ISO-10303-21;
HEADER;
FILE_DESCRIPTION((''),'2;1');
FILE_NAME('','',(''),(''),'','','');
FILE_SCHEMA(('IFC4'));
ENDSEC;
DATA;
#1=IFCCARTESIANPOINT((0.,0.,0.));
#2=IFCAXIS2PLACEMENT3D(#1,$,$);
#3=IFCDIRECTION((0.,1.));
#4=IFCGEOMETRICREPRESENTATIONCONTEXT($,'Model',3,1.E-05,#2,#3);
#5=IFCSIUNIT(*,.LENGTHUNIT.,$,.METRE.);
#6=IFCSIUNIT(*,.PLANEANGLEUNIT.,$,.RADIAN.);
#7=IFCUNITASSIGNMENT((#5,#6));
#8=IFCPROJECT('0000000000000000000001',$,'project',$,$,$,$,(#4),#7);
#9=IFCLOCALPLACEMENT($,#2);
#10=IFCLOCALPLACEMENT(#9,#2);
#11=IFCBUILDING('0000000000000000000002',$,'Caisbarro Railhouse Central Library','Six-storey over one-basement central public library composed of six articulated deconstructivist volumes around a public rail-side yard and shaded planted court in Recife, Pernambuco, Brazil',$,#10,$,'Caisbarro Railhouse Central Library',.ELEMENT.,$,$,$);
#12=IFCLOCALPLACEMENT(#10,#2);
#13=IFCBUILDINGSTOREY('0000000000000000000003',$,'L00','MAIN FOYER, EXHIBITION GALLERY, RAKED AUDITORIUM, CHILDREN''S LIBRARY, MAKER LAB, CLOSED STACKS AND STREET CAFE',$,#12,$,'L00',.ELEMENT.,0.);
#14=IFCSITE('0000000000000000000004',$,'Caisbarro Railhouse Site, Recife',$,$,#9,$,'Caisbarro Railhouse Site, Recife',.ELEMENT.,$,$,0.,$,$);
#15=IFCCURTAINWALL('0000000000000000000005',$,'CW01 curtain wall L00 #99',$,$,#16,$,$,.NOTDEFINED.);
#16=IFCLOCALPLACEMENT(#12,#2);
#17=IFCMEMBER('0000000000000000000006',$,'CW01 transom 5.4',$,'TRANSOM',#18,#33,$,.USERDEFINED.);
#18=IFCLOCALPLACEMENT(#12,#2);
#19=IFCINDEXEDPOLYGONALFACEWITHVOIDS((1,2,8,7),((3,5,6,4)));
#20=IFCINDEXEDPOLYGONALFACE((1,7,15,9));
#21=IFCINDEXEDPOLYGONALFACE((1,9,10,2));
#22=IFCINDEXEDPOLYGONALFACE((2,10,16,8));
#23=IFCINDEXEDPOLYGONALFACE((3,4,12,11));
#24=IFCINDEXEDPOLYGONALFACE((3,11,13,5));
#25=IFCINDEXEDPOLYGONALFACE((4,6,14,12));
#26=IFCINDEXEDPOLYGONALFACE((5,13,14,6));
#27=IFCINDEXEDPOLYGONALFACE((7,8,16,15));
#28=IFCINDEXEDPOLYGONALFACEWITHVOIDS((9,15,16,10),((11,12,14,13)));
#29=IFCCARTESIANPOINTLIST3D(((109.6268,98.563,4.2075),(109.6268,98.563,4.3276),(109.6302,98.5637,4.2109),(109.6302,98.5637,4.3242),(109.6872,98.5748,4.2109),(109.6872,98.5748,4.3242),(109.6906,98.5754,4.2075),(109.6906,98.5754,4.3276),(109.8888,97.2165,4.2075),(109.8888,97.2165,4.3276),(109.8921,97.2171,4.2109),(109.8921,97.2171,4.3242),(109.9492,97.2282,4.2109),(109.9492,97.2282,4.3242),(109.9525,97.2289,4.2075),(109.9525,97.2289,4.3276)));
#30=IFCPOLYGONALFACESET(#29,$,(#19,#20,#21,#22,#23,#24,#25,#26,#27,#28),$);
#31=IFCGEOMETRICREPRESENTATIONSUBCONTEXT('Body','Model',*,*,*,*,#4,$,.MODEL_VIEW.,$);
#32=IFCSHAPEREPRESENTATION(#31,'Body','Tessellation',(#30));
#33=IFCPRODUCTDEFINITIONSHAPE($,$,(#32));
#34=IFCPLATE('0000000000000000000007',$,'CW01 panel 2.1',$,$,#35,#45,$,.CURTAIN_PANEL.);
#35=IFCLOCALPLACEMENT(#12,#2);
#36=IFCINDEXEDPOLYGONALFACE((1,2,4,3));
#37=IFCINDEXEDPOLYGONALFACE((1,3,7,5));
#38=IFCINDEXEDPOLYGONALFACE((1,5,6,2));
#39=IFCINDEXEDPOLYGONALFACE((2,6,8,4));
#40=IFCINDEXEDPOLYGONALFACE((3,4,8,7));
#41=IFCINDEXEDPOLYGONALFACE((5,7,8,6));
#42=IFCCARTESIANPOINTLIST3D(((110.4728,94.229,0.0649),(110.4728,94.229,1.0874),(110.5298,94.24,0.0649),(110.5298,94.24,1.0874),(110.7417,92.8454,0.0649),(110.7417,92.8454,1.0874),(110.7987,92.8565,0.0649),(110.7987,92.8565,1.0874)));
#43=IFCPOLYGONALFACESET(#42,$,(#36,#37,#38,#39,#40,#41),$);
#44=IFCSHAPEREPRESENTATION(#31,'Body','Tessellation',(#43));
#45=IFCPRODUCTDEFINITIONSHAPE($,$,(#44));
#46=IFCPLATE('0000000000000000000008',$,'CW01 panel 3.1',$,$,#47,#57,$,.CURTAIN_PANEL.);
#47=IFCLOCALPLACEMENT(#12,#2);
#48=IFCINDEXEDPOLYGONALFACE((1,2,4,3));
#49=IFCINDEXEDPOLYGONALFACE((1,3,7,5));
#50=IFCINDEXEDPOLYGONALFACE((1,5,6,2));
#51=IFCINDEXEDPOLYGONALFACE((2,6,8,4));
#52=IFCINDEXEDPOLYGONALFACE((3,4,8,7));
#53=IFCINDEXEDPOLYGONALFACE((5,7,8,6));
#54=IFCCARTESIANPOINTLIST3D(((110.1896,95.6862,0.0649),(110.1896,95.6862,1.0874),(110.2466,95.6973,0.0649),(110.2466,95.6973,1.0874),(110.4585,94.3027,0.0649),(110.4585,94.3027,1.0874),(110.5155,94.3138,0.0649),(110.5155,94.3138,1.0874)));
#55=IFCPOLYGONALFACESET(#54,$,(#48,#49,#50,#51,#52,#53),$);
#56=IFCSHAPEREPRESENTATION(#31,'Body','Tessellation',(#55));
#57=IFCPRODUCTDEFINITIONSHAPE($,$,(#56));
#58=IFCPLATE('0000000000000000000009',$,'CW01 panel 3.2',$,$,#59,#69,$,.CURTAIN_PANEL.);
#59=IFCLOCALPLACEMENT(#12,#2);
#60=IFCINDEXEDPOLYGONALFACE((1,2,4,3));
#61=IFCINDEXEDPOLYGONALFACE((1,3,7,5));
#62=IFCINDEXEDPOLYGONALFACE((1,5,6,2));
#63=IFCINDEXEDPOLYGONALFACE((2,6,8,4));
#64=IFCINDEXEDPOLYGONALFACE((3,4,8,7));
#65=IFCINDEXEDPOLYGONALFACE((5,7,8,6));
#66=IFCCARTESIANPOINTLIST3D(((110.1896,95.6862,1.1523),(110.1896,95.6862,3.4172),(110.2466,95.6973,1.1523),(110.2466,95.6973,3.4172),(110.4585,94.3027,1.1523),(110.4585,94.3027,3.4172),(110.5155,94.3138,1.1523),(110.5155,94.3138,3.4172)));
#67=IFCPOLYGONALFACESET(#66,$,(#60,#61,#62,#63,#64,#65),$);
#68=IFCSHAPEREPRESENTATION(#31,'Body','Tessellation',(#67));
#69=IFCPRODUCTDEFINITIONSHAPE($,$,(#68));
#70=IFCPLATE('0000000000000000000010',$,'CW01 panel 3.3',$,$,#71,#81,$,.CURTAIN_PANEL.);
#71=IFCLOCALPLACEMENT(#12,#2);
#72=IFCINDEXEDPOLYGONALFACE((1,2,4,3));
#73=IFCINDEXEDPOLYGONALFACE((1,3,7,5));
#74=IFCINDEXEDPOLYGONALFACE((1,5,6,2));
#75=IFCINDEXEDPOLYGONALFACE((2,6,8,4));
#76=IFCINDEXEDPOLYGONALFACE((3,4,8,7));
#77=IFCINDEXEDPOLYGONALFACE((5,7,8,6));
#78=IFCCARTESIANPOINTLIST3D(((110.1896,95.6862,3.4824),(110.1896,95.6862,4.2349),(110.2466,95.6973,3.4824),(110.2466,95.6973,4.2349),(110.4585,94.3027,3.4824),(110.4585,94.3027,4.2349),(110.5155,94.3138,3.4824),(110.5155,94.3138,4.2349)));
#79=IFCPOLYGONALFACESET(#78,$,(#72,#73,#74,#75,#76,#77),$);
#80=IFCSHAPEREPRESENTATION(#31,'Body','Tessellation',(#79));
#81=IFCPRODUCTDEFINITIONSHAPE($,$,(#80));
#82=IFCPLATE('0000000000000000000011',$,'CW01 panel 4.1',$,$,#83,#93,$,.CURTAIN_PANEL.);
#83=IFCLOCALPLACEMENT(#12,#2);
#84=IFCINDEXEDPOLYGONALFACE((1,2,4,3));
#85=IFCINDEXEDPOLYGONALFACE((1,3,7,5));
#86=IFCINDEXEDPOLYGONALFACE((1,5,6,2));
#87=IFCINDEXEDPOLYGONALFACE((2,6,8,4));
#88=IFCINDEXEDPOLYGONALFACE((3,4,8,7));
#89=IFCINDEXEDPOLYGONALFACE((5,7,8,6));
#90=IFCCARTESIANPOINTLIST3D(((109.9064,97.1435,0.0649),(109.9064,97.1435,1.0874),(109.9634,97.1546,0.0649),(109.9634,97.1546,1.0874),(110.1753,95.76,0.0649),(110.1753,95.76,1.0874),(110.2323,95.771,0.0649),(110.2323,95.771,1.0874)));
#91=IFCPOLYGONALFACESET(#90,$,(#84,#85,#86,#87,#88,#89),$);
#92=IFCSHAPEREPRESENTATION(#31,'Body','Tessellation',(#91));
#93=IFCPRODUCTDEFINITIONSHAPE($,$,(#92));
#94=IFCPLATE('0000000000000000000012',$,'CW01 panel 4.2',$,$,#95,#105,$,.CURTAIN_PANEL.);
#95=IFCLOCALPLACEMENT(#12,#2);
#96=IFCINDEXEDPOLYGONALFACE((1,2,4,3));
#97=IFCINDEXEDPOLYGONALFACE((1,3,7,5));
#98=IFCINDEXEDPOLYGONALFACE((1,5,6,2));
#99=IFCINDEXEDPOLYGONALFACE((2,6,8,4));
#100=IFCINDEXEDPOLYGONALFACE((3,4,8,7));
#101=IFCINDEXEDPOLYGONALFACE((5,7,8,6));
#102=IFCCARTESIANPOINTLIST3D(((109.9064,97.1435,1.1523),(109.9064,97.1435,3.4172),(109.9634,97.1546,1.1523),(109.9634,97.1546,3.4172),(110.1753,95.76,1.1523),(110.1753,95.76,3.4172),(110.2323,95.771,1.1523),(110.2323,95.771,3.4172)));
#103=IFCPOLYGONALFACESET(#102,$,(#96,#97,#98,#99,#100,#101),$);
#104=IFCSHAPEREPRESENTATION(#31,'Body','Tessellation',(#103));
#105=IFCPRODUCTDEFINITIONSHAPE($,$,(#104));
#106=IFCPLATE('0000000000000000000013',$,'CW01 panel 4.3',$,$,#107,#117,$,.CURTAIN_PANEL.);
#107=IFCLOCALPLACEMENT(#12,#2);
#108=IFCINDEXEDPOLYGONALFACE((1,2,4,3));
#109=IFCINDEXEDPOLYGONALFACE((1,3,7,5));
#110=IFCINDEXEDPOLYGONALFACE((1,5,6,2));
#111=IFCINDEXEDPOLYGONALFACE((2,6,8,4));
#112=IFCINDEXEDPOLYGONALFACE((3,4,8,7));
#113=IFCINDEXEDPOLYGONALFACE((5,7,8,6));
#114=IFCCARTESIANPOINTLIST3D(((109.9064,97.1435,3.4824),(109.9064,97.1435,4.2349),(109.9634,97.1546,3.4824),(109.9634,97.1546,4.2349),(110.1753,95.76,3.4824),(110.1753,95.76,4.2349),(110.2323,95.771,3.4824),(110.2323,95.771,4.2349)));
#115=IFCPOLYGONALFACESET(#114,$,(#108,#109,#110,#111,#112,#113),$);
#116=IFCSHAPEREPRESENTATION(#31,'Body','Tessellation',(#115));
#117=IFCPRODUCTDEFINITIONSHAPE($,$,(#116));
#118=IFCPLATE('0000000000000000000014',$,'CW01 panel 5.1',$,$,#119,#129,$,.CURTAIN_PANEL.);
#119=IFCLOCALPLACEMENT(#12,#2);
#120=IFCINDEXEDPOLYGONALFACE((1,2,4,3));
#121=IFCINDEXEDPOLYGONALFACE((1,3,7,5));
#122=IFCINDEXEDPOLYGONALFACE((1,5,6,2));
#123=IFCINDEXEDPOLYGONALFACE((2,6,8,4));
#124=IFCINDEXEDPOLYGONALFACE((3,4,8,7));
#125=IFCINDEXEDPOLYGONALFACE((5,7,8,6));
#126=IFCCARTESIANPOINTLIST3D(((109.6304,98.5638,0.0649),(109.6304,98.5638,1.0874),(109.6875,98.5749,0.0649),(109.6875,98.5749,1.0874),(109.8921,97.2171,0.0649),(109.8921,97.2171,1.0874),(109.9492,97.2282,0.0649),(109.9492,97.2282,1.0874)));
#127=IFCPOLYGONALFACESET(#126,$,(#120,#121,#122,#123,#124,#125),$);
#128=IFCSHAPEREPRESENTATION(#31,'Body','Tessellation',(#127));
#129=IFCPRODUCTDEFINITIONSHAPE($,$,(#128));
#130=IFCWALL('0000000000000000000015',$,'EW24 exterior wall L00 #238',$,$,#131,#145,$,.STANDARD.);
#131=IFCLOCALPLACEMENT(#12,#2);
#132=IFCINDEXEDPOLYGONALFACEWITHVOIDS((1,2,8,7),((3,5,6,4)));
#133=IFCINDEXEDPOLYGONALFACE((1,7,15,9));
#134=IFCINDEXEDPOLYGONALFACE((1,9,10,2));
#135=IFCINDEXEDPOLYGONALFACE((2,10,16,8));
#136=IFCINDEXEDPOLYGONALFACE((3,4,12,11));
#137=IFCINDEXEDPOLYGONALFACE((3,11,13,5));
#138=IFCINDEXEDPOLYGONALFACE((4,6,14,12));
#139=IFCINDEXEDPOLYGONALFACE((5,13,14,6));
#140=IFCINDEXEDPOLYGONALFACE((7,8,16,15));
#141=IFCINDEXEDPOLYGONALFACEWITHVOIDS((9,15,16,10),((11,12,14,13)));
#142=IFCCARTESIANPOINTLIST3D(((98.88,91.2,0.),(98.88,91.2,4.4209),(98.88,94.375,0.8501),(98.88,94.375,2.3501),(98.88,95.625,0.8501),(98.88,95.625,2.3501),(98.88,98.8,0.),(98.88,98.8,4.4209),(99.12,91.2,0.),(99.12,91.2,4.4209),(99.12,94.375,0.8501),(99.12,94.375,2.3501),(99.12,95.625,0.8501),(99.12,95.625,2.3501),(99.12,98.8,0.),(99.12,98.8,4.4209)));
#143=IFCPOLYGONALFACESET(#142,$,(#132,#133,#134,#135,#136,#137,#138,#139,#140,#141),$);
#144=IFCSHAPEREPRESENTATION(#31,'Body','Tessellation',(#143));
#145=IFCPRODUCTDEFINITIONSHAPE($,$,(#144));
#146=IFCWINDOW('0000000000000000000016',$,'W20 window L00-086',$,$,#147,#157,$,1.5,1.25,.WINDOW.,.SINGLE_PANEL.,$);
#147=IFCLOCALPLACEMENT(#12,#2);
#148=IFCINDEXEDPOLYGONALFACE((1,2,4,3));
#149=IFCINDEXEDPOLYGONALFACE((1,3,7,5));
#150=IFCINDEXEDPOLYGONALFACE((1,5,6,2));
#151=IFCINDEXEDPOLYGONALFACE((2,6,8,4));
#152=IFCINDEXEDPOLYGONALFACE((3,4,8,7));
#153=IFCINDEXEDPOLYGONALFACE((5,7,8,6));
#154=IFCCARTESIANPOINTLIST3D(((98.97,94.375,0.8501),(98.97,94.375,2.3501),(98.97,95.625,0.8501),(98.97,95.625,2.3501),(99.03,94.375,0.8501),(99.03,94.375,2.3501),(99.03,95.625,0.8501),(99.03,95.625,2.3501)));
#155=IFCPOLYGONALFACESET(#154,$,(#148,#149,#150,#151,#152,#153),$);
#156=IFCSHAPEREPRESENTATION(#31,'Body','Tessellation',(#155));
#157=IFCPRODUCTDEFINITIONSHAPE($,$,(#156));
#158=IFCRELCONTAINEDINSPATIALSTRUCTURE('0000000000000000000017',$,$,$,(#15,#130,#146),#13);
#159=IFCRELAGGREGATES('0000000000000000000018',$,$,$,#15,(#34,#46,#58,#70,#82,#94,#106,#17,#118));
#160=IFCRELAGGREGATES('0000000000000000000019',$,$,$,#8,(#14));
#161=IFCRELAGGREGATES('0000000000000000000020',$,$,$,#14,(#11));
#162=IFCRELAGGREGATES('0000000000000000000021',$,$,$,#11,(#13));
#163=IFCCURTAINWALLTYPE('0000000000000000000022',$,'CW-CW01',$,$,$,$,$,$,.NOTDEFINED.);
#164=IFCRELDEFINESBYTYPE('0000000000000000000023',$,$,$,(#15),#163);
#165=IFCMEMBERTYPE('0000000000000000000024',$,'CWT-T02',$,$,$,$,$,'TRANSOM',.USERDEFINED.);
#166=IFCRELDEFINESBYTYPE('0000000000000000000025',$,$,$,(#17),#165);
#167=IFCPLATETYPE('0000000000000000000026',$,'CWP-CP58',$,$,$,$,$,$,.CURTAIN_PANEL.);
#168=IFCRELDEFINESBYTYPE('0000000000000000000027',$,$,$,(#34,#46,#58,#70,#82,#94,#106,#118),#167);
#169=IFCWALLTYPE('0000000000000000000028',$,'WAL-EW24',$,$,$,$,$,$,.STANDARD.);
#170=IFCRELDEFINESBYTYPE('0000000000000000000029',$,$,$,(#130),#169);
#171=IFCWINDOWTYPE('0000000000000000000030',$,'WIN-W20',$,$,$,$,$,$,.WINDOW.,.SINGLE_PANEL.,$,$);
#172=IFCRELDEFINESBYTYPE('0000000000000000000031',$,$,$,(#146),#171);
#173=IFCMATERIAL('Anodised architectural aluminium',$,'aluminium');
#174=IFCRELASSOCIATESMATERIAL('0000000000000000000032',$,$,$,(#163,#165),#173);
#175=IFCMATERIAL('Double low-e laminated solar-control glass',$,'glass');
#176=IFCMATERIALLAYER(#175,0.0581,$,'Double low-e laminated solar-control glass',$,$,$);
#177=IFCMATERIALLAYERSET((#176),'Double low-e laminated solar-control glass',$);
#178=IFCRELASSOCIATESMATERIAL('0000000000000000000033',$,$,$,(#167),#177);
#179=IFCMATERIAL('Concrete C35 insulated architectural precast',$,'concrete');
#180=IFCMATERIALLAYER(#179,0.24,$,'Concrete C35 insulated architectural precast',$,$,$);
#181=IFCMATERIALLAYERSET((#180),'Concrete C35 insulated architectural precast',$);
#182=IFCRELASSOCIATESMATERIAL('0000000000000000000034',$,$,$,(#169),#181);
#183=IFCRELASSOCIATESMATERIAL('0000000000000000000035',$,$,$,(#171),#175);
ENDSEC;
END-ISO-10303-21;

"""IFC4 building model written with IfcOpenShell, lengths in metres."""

from ifc_helpers import new_model, si_unit, direction, frame, frame_2d, origin, origin_2d, place, context, subcontext, project, spatial, rectangle, hollow_rectangle, extrude, material, layer, layer_set, material_profile, profile_set, type_object, element, fill, aggregate, save


model = new_model("IFC4")

# Units and contexts
model_context = context("Model", 3, precision=1e-05, world=origin(), true_north=direction((0.0, 1.0)))
body_context = subcontext(model_context, "Body", "Model", "MODEL_VIEW")
ifc_project = project(units=[si_unit("LENGTHUNIT", "METRE"), si_unit("PLANEANGLEUNIT", "RADIAN")], contexts=[model_context])

# Site, building, storey
site_placement = place(None, origin())
site = spatial("IfcSite", under=ifc_project, at=site_placement, Name="Caisbarro Railhouse Site, Recife", LongName="Caisbarro Railhouse Site, Recife", CompositionType="ELEMENT", RefElevation=0.0)
building_placement = place(site_placement, origin())
building = spatial("IfcBuilding", under=site, at=building_placement, Name="Caisbarro Railhouse Central Library", Description="Six-storey over one-basement central public library composed of six articulated deconstructivist volumes around a public rail-side yard and shaded planted court in Recife, Pernambuco, Brazil", LongName="Caisbarro Railhouse Central Library", CompositionType="ELEMENT")
storey_placement = place(building_placement, origin())
storey = spatial("IfcBuildingStorey", under=building, at=storey_placement, Name="L00", Description="MAIN FOYER, EXHIBITION GALLERY, RAKED AUDITORIUM, CHILDREN'S LIBRARY, MAKER LAB, CLOSED STACKS AND STREET CAFE", LongName="L00", CompositionType="ELEMENT", Elevation=0.0)

# Curtain wall, member, plates
ifc_material_1 = material(Name="Anodised architectural aluminium", Category="aluminium")
curtain_wall_type = type_object("IfcCurtainWallType", Name="CW-CW01", PredefinedType="NOTDEFINED", material=ifc_material_1)
curtain_wall_placement = place(storey_placement, origin())
curtain_wall = element("IfcCurtainWall", 1, at=curtain_wall_placement, inside=storey, type_object=curtain_wall_type, Name="CW01 curtain wall L00 #99", PredefinedType="NOTDEFINED")
ifc_material_profile_1 = material_profile(ifc_material_1, hollow_rectangle(XDim=0.0649, YDim=0.1201, WallThickness=0.0034, at=origin_2d()), Name="ALU-TRN-65X120")
ifc_profile_set_1 = profile_set([ifc_material_profile_1], Name="Anodised architectural aluminium")
member_type_1 = type_object("IfcMemberType", Name="CWT-T02", ElementType="TRANSOM", PredefinedType="USERDEFINED", material=ifc_profile_set_1)
member_1_placement = place(storey_placement, frame((109.9207, 97.2227, 4.2676), z_axis=(-0.190946, 0.981601, 0.0), x_axis=(-0.981601, -0.190946, 0.0)))
member_1 = element("IfcMember", 2, at=member_1_placement, type_object=member_type_1, Name="CW01 transom 5.4", ObjectType="TRANSOM", PredefinedType="USERDEFINED", context=body_context, shape_type="SweptSolid", body=[
    extrude(hollow_rectangle(XDim=0.0649, YDim=0.1201, WallThickness=0.0034, at=origin_2d()), origin(), (0.0, 0.0, 1.0), 1.3718),
])
ifc_material_2 = material(Name="Double low-e laminated solar-control glass", Category="glass")
ifc_layer_1 = layer(ifc_material_2, 0.0581, Name="Double low-e laminated solar-control glass")
ifc_layer_set_1 = layer_set([ifc_layer_1], Name="Double low-e laminated solar-control glass")
plate_type = type_object("IfcPlateType", Name="CWP-CP58", PredefinedType="CURTAIN_PANEL", material=ifc_layer_set_1)
plate_1_placement = place(storey_placement, frame((110.6357, 93.5427, 0.0649), z_axis=(0.0, 0.0, 1.0), x_axis=(-0.190781, 0.981633, 0.0)))
plate_1 = element("IfcPlate", 3, at=plate_1_placement, type_object=plate_type, Name="CW01 panel 2.1", PredefinedType="CURTAIN_PANEL", context=body_context, shape_type="SweptSolid", body=[
    extrude(rectangle(XDim=1.4094, YDim=0.0581, at=origin_2d()), origin(), (0.0, 0.0, 1.0), 1.0225),
])
plate_2_placement = place(storey_placement, frame((110.3525, 95.0, 0.0649), z_axis=(0.0, 0.0, 1.0), x_axis=(-0.190781, 0.981633, 0.0)))
plate_2 = element("IfcPlate", 4, at=plate_2_placement, type_object=plate_type, Name="CW01 panel 3.1", PredefinedType="CURTAIN_PANEL", context=body_context, shape_type="SweptSolid", body=[
    extrude(rectangle(XDim=1.4094, YDim=0.0581, at=origin_2d()), origin(), (0.0, 0.0, 1.0), 1.0225),
])
plate_3_placement = place(storey_placement, frame((110.3525, 95.0, 1.1523), z_axis=(0.0, 0.0, 1.0), x_axis=(-0.190781, 0.981633, 0.0)))
plate_3 = element("IfcPlate", 5, at=plate_3_placement, type_object=plate_type, Name="CW01 panel 3.2", PredefinedType="CURTAIN_PANEL", context=body_context, shape_type="SweptSolid", body=[
    extrude(rectangle(XDim=1.4094, YDim=0.0581, at=origin_2d()), origin(), (0.0, 0.0, 1.0), 2.2649),
])
plate_4_placement = place(storey_placement, frame((110.3525, 95.0, 3.4824), z_axis=(0.0, 0.0, 1.0), x_axis=(-0.190781, 0.981633, 0.0)))
plate_4 = element("IfcPlate", 6, at=plate_4_placement, type_object=plate_type, Name="CW01 panel 3.3", PredefinedType="CURTAIN_PANEL", context=body_context, shape_type="SweptSolid", body=[
    extrude(rectangle(XDim=1.4094, YDim=0.0581, at=origin_2d()), origin(), (0.0, 0.0, 1.0), 0.7524),
])
plate_5_placement = place(storey_placement, frame((110.0693, 96.4573, 0.0649), z_axis=(0.0, 0.0, 1.0), x_axis=(-0.190781, 0.981633, 0.0)))
plate_5 = element("IfcPlate", 7, at=plate_5_placement, type_object=plate_type, Name="CW01 panel 4.1", PredefinedType="CURTAIN_PANEL", context=body_context, shape_type="SweptSolid", body=[
    extrude(rectangle(XDim=1.4094, YDim=0.0581, at=origin_2d()), origin(), (0.0, 0.0, 1.0), 1.0225),
])
plate_6_placement = place(storey_placement, frame((110.0693, 96.4573, 1.1523), z_axis=(0.0, 0.0, 1.0), x_axis=(-0.190781, 0.981633, 0.0)))
plate_6 = element("IfcPlate", 8, at=plate_6_placement, type_object=plate_type, Name="CW01 panel 4.2", PredefinedType="CURTAIN_PANEL", context=body_context, shape_type="SweptSolid", body=[
    extrude(rectangle(XDim=1.4094, YDim=0.0581, at=origin_2d()), origin(), (0.0, 0.0, 1.0), 2.2649),
])
plate_7_placement = place(storey_placement, frame((110.0693, 96.4573, 3.4824), z_axis=(0.0, 0.0, 1.0), x_axis=(-0.190781, 0.981633, 0.0)))
plate_7 = element("IfcPlate", 9, at=plate_7_placement, type_object=plate_type, Name="CW01 panel 4.3", PredefinedType="CURTAIN_PANEL", context=body_context, shape_type="SweptSolid", body=[
    extrude(rectangle(XDim=1.4094, YDim=0.0581, at=origin_2d()), origin(), (0.0, 0.0, 1.0), 0.7524),
])
plate_8_placement = place(storey_placement, frame((109.7898, 97.896, 0.0649), z_axis=(0.0, 0.0, 1.0), x_axis=(-0.190781, 0.981633, 0.0)))
plate_8 = element("IfcPlate", 10, at=plate_8_placement, type_object=plate_type, Name="CW01 panel 5.1", PredefinedType="CURTAIN_PANEL", context=body_context, shape_type="SweptSolid", body=[
    extrude(rectangle(XDim=1.3718, YDim=0.0581, at=origin_2d()), origin(), (0.0, 0.0, 1.0), 1.0225),
])
aggregate(curtain_wall, [plate_1, plate_2, plate_3, plate_4, plate_5, plate_6, plate_7, member_1, plate_8])

# Wall, opening, window
ifc_material_3 = material(Name="Concrete C35 insulated architectural precast", Category="concrete")
ifc_layer_2 = layer(ifc_material_3, 0.24, Name="Concrete C35 insulated architectural precast")
ifc_layer_set_2 = layer_set([ifc_layer_2], Name="Concrete C35 insulated architectural precast")
wall_type = type_object("IfcWallType", Name="WAL-EW24", PredefinedType="STANDARD", material=ifc_layer_set_2)
wall_placement = place(storey_placement, frame((99.0, 91.2, 0.0), z_axis=(0.0, 0.0, 1.0), x_axis=(0.0, 1.0, 0.0)))
wall = element("IfcWall", 11, at=wall_placement, inside=storey, type_object=wall_type, Name="EW24 exterior wall L00 #238", PredefinedType="STANDARD", context=body_context, shape_type="SweptSolid", body=[
    extrude(rectangle(XDim=7.6001, YDim=0.24, at=frame_2d((3.8, 0.0))), origin(), (0.0, 0.0, 1.0), 4.4209),
])
opening_placement = place(wall_placement, frame((3.175, 0.0, 0.8501)))
opening = element("IfcOpeningElement", 12, at=opening_placement, cuts=wall, PredefinedType="OPENING", context=body_context, shape_type="SweptSolid", body=[
    extrude(rectangle(XDim=1.25, YDim=1.5, at=frame_2d((0.625, 0.75))), frame((0.0, 0.1299, 0.0), z_axis=(0.0, -1.0, 0.0), x_axis=(1.0, 0.0, 0.0)), (0.0, 0.0, 1.0), 0.26),
])
window_type = type_object("IfcWindowType", Name="WIN-W20", PartitioningType="SINGLE_PANEL", PredefinedType="WINDOW", material=ifc_material_2)
window_placement = place(opening_placement, origin())
window = element("IfcWindow", 13, at=window_placement, inside=storey, type_object=window_type, Name="W20 window L00-086", OverallHeight=1.5, OverallWidth=1.25, PartitioningType="SINGLE_PANEL", PredefinedType="WINDOW", context=body_context, shape_type="SweptSolid", body=[
    extrude(rectangle(XDim=1.25, YDim=1.5, at=frame_2d((0.625, 0.75))), frame((0.0, 0.03, 0.0), z_axis=(0.0, -1.0, 0.0), x_axis=(1.0, 0.0, 0.0)), (0.0, 0.0, 1.0), 0.0601),
])
fill(opening, window)

save(model, "model.ifc")
